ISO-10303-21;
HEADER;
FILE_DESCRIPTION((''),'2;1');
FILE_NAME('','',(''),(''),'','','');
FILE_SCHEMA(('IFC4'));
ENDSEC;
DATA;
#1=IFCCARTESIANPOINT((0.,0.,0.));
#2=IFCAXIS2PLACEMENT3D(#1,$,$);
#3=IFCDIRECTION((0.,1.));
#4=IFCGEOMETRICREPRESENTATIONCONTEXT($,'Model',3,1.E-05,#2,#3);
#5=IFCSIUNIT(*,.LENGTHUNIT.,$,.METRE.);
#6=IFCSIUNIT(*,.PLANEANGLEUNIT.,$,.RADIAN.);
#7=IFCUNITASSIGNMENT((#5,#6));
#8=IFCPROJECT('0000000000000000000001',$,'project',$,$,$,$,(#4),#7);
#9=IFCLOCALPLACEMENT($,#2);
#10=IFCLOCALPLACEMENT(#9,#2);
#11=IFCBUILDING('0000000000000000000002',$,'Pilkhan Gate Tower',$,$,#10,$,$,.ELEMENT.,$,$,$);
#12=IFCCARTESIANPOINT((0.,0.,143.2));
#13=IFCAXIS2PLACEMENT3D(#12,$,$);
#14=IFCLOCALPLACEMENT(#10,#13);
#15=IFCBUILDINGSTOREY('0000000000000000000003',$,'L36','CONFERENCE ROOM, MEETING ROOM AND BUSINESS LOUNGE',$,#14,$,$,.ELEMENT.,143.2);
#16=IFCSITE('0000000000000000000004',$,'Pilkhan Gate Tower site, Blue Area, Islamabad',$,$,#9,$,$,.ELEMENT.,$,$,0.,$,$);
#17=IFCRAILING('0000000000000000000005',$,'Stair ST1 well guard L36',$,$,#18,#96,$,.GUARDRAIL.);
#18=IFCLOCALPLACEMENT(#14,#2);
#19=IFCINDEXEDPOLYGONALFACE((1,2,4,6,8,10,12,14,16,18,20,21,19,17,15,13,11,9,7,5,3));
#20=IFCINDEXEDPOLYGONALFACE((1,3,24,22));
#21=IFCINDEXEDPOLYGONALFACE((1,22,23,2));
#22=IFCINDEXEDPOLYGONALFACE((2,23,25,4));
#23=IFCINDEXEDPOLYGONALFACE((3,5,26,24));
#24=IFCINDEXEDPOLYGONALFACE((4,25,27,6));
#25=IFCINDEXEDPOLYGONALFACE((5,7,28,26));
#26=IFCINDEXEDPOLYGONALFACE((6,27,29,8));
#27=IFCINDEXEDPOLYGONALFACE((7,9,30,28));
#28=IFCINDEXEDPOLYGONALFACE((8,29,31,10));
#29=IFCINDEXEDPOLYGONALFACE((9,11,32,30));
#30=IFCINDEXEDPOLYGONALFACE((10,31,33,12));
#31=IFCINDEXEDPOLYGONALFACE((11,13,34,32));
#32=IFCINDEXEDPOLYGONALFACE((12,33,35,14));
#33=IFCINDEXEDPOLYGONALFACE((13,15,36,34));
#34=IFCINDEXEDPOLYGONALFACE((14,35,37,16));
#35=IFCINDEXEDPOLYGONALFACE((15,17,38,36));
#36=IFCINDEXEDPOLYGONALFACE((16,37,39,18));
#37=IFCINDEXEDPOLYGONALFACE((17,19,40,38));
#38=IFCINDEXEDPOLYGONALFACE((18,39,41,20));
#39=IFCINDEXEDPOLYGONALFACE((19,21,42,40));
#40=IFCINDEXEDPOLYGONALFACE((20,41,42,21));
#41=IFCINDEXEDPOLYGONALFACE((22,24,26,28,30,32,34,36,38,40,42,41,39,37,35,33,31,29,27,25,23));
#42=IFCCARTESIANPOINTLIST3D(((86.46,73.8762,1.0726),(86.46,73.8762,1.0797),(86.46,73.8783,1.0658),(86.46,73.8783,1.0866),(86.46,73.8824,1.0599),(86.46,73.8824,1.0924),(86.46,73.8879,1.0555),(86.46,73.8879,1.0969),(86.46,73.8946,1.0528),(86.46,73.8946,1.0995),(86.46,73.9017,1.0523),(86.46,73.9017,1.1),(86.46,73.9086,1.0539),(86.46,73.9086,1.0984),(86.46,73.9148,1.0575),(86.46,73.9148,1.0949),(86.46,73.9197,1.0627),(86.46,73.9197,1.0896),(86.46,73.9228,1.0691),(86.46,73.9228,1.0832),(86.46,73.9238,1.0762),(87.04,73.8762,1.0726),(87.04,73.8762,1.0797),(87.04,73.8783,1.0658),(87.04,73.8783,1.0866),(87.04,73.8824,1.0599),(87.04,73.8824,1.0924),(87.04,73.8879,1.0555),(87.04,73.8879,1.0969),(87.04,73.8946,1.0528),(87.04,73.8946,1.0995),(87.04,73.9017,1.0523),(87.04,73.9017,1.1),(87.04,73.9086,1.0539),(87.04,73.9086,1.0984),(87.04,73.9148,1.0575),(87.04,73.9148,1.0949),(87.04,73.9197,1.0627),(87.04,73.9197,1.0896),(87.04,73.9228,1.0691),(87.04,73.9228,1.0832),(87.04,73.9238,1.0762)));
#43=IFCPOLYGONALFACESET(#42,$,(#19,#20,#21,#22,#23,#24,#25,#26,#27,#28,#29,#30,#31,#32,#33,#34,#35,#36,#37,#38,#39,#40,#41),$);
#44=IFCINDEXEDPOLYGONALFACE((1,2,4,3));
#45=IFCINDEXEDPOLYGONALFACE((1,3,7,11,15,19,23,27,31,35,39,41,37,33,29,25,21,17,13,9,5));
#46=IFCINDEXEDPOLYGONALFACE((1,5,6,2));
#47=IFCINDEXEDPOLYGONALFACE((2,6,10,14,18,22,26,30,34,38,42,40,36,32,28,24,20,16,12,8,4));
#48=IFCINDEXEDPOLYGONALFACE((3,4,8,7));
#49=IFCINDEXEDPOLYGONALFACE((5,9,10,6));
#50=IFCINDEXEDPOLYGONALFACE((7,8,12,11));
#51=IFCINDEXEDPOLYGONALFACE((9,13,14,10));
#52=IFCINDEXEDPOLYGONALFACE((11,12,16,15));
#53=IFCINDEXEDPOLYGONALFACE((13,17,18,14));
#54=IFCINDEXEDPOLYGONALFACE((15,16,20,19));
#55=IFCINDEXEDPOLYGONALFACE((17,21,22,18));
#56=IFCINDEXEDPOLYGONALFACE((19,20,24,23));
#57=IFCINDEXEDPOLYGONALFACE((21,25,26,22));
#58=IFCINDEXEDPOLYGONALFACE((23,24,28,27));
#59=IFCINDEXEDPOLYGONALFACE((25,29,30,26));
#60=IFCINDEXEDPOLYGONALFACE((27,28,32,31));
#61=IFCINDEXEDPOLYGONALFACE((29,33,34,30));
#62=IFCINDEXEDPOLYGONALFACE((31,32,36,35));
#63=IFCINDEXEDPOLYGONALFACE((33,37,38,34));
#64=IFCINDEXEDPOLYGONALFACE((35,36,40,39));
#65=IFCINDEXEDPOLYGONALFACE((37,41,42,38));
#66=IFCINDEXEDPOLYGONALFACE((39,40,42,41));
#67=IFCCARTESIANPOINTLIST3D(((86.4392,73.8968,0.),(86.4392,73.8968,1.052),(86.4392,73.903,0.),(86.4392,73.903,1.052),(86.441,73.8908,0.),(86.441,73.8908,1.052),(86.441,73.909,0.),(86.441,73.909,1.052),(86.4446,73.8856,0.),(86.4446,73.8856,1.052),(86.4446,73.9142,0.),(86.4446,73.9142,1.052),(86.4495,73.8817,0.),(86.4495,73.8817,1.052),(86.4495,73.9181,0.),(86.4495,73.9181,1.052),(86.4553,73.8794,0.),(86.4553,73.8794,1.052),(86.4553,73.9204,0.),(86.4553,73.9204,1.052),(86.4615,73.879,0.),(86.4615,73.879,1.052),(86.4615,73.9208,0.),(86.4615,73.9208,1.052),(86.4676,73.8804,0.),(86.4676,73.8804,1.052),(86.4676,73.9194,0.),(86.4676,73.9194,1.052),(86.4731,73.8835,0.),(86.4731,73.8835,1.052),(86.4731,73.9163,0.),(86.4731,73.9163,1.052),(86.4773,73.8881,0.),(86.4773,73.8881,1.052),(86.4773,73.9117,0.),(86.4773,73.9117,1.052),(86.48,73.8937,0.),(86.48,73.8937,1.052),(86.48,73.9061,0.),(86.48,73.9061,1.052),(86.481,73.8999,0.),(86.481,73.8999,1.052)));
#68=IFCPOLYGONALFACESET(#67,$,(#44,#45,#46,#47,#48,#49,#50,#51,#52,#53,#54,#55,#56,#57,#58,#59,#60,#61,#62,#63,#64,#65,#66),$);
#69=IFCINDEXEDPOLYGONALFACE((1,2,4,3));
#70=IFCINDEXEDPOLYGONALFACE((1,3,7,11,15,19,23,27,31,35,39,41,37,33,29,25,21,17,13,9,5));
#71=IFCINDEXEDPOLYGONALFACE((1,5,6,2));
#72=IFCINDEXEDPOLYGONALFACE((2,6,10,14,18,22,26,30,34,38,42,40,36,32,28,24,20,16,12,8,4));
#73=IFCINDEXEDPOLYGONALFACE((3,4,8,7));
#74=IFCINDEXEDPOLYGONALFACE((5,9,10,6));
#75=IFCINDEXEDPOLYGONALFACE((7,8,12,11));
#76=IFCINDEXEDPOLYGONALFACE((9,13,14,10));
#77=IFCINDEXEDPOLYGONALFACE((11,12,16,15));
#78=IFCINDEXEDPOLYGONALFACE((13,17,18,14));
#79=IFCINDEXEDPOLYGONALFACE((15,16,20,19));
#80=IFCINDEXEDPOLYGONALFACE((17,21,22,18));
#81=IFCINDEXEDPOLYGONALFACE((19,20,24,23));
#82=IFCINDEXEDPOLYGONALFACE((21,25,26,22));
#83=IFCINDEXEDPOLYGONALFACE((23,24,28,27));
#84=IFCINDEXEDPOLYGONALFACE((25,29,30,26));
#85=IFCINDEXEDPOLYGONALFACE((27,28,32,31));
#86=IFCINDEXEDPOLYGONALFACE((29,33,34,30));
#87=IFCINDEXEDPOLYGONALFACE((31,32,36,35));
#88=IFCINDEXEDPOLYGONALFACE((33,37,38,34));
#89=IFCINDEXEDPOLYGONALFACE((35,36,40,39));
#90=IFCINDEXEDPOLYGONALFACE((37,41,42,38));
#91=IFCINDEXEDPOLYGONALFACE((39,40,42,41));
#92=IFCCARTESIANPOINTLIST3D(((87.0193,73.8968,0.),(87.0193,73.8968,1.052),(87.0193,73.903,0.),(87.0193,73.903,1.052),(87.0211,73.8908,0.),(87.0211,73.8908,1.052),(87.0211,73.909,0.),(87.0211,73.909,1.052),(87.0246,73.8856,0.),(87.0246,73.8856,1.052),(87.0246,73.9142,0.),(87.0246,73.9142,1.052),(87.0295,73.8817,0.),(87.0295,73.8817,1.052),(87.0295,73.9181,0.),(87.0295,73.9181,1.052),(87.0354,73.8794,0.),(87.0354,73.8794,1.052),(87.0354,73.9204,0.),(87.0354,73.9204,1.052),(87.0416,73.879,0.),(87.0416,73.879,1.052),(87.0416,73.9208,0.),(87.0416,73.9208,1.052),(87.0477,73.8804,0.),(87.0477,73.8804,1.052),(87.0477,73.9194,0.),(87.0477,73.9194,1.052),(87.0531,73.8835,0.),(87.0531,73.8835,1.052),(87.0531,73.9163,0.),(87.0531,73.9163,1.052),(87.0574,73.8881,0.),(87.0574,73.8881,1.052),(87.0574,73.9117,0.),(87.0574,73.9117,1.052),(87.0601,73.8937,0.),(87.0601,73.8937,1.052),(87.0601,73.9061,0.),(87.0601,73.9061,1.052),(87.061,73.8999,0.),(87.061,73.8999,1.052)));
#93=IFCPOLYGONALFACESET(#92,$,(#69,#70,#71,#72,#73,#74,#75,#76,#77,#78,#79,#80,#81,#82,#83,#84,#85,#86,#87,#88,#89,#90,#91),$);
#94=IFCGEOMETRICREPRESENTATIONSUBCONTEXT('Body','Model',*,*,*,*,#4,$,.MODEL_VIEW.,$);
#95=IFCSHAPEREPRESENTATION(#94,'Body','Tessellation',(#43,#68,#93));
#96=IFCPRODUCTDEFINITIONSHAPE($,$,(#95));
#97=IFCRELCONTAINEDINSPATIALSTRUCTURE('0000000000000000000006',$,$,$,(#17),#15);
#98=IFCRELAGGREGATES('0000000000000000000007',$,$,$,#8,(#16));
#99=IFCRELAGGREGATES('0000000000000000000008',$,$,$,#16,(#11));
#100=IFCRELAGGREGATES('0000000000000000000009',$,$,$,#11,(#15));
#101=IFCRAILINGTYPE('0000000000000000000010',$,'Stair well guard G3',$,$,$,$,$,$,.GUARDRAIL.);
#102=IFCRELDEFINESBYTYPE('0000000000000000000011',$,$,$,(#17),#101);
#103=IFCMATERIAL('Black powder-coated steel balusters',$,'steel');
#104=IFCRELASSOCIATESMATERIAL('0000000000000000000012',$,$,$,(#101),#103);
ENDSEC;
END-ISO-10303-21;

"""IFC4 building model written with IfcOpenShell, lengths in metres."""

from ifc_helpers import new_model, si_unit, direction, frame, origin, origin_2d, place, context, subcontext, project, spatial, circle, extrude, material, type_object, element, save


model = new_model("IFC4")

# Units and contexts
model_context = context("Model", 3, precision=1e-05, world=origin(), true_north=direction((0.0, 1.0)))
body_context = subcontext(model_context, "Body", "Model", "MODEL_VIEW")
ifc_project = project(units=[si_unit("LENGTHUNIT", "METRE"), si_unit("PLANEANGLEUNIT", "RADIAN")], contexts=[model_context])

# Site, building, storey
site_placement = place(None, origin())
site = spatial("IfcSite", under=ifc_project, at=site_placement, Name="Pilkhan Gate Tower site, Blue Area, Islamabad", CompositionType="ELEMENT", RefElevation=0.0)
building_placement = place(site_placement, origin())
building = spatial("IfcBuilding", under=site, at=building_placement, Name="Pilkhan Gate Tower", CompositionType="ELEMENT")
storey_placement = place(building_placement, frame((0.0, 0.0, 143.2)))
storey = spatial("IfcBuildingStorey", under=building, at=storey_placement, Name="L36", Description="CONFERENCE ROOM, MEETING ROOM AND BUSINESS LOUNGE", CompositionType="ELEMENT", Elevation=143.2)

# Railing
ifc_material_1 = material(Name="Black powder-coated steel balusters", Category="steel")
railing_type_1 = type_object("IfcRailingType", Name="Stair well guard G3", PredefinedType="GUARDRAIL", material=ifc_material_1)
railing_1_placement = place(storey_placement, frame((86.46, 73.8999, 0.0)))
element("IfcRailing", 1, at=railing_1_placement, inside=storey, type_object=railing_type_1, Name="Stair ST1 well guard L36", PredefinedType="GUARDRAIL", context=body_context, shape_type="SweptSolid", body=[
    extrude(circle(Radius=0.0239, at=origin_2d()), frame((0.0, 0.0, 1.0762), z_axis=(1.0, 0.0, 0.0), x_axis=(0.0, 1.0, 0.0)), (0.0, 0.0, 1.0), 0.5801),
    extrude(circle(Radius=0.021, at=origin_2d()), origin(), (0.0, 0.0, 1.0), 1.052),
    extrude(circle(Radius=0.021, at=origin_2d()), frame((0.5801, 0.0, 0.0)), (0.0, 0.0, 1.0), 1.052),
])

save(model, "model.ifc")
